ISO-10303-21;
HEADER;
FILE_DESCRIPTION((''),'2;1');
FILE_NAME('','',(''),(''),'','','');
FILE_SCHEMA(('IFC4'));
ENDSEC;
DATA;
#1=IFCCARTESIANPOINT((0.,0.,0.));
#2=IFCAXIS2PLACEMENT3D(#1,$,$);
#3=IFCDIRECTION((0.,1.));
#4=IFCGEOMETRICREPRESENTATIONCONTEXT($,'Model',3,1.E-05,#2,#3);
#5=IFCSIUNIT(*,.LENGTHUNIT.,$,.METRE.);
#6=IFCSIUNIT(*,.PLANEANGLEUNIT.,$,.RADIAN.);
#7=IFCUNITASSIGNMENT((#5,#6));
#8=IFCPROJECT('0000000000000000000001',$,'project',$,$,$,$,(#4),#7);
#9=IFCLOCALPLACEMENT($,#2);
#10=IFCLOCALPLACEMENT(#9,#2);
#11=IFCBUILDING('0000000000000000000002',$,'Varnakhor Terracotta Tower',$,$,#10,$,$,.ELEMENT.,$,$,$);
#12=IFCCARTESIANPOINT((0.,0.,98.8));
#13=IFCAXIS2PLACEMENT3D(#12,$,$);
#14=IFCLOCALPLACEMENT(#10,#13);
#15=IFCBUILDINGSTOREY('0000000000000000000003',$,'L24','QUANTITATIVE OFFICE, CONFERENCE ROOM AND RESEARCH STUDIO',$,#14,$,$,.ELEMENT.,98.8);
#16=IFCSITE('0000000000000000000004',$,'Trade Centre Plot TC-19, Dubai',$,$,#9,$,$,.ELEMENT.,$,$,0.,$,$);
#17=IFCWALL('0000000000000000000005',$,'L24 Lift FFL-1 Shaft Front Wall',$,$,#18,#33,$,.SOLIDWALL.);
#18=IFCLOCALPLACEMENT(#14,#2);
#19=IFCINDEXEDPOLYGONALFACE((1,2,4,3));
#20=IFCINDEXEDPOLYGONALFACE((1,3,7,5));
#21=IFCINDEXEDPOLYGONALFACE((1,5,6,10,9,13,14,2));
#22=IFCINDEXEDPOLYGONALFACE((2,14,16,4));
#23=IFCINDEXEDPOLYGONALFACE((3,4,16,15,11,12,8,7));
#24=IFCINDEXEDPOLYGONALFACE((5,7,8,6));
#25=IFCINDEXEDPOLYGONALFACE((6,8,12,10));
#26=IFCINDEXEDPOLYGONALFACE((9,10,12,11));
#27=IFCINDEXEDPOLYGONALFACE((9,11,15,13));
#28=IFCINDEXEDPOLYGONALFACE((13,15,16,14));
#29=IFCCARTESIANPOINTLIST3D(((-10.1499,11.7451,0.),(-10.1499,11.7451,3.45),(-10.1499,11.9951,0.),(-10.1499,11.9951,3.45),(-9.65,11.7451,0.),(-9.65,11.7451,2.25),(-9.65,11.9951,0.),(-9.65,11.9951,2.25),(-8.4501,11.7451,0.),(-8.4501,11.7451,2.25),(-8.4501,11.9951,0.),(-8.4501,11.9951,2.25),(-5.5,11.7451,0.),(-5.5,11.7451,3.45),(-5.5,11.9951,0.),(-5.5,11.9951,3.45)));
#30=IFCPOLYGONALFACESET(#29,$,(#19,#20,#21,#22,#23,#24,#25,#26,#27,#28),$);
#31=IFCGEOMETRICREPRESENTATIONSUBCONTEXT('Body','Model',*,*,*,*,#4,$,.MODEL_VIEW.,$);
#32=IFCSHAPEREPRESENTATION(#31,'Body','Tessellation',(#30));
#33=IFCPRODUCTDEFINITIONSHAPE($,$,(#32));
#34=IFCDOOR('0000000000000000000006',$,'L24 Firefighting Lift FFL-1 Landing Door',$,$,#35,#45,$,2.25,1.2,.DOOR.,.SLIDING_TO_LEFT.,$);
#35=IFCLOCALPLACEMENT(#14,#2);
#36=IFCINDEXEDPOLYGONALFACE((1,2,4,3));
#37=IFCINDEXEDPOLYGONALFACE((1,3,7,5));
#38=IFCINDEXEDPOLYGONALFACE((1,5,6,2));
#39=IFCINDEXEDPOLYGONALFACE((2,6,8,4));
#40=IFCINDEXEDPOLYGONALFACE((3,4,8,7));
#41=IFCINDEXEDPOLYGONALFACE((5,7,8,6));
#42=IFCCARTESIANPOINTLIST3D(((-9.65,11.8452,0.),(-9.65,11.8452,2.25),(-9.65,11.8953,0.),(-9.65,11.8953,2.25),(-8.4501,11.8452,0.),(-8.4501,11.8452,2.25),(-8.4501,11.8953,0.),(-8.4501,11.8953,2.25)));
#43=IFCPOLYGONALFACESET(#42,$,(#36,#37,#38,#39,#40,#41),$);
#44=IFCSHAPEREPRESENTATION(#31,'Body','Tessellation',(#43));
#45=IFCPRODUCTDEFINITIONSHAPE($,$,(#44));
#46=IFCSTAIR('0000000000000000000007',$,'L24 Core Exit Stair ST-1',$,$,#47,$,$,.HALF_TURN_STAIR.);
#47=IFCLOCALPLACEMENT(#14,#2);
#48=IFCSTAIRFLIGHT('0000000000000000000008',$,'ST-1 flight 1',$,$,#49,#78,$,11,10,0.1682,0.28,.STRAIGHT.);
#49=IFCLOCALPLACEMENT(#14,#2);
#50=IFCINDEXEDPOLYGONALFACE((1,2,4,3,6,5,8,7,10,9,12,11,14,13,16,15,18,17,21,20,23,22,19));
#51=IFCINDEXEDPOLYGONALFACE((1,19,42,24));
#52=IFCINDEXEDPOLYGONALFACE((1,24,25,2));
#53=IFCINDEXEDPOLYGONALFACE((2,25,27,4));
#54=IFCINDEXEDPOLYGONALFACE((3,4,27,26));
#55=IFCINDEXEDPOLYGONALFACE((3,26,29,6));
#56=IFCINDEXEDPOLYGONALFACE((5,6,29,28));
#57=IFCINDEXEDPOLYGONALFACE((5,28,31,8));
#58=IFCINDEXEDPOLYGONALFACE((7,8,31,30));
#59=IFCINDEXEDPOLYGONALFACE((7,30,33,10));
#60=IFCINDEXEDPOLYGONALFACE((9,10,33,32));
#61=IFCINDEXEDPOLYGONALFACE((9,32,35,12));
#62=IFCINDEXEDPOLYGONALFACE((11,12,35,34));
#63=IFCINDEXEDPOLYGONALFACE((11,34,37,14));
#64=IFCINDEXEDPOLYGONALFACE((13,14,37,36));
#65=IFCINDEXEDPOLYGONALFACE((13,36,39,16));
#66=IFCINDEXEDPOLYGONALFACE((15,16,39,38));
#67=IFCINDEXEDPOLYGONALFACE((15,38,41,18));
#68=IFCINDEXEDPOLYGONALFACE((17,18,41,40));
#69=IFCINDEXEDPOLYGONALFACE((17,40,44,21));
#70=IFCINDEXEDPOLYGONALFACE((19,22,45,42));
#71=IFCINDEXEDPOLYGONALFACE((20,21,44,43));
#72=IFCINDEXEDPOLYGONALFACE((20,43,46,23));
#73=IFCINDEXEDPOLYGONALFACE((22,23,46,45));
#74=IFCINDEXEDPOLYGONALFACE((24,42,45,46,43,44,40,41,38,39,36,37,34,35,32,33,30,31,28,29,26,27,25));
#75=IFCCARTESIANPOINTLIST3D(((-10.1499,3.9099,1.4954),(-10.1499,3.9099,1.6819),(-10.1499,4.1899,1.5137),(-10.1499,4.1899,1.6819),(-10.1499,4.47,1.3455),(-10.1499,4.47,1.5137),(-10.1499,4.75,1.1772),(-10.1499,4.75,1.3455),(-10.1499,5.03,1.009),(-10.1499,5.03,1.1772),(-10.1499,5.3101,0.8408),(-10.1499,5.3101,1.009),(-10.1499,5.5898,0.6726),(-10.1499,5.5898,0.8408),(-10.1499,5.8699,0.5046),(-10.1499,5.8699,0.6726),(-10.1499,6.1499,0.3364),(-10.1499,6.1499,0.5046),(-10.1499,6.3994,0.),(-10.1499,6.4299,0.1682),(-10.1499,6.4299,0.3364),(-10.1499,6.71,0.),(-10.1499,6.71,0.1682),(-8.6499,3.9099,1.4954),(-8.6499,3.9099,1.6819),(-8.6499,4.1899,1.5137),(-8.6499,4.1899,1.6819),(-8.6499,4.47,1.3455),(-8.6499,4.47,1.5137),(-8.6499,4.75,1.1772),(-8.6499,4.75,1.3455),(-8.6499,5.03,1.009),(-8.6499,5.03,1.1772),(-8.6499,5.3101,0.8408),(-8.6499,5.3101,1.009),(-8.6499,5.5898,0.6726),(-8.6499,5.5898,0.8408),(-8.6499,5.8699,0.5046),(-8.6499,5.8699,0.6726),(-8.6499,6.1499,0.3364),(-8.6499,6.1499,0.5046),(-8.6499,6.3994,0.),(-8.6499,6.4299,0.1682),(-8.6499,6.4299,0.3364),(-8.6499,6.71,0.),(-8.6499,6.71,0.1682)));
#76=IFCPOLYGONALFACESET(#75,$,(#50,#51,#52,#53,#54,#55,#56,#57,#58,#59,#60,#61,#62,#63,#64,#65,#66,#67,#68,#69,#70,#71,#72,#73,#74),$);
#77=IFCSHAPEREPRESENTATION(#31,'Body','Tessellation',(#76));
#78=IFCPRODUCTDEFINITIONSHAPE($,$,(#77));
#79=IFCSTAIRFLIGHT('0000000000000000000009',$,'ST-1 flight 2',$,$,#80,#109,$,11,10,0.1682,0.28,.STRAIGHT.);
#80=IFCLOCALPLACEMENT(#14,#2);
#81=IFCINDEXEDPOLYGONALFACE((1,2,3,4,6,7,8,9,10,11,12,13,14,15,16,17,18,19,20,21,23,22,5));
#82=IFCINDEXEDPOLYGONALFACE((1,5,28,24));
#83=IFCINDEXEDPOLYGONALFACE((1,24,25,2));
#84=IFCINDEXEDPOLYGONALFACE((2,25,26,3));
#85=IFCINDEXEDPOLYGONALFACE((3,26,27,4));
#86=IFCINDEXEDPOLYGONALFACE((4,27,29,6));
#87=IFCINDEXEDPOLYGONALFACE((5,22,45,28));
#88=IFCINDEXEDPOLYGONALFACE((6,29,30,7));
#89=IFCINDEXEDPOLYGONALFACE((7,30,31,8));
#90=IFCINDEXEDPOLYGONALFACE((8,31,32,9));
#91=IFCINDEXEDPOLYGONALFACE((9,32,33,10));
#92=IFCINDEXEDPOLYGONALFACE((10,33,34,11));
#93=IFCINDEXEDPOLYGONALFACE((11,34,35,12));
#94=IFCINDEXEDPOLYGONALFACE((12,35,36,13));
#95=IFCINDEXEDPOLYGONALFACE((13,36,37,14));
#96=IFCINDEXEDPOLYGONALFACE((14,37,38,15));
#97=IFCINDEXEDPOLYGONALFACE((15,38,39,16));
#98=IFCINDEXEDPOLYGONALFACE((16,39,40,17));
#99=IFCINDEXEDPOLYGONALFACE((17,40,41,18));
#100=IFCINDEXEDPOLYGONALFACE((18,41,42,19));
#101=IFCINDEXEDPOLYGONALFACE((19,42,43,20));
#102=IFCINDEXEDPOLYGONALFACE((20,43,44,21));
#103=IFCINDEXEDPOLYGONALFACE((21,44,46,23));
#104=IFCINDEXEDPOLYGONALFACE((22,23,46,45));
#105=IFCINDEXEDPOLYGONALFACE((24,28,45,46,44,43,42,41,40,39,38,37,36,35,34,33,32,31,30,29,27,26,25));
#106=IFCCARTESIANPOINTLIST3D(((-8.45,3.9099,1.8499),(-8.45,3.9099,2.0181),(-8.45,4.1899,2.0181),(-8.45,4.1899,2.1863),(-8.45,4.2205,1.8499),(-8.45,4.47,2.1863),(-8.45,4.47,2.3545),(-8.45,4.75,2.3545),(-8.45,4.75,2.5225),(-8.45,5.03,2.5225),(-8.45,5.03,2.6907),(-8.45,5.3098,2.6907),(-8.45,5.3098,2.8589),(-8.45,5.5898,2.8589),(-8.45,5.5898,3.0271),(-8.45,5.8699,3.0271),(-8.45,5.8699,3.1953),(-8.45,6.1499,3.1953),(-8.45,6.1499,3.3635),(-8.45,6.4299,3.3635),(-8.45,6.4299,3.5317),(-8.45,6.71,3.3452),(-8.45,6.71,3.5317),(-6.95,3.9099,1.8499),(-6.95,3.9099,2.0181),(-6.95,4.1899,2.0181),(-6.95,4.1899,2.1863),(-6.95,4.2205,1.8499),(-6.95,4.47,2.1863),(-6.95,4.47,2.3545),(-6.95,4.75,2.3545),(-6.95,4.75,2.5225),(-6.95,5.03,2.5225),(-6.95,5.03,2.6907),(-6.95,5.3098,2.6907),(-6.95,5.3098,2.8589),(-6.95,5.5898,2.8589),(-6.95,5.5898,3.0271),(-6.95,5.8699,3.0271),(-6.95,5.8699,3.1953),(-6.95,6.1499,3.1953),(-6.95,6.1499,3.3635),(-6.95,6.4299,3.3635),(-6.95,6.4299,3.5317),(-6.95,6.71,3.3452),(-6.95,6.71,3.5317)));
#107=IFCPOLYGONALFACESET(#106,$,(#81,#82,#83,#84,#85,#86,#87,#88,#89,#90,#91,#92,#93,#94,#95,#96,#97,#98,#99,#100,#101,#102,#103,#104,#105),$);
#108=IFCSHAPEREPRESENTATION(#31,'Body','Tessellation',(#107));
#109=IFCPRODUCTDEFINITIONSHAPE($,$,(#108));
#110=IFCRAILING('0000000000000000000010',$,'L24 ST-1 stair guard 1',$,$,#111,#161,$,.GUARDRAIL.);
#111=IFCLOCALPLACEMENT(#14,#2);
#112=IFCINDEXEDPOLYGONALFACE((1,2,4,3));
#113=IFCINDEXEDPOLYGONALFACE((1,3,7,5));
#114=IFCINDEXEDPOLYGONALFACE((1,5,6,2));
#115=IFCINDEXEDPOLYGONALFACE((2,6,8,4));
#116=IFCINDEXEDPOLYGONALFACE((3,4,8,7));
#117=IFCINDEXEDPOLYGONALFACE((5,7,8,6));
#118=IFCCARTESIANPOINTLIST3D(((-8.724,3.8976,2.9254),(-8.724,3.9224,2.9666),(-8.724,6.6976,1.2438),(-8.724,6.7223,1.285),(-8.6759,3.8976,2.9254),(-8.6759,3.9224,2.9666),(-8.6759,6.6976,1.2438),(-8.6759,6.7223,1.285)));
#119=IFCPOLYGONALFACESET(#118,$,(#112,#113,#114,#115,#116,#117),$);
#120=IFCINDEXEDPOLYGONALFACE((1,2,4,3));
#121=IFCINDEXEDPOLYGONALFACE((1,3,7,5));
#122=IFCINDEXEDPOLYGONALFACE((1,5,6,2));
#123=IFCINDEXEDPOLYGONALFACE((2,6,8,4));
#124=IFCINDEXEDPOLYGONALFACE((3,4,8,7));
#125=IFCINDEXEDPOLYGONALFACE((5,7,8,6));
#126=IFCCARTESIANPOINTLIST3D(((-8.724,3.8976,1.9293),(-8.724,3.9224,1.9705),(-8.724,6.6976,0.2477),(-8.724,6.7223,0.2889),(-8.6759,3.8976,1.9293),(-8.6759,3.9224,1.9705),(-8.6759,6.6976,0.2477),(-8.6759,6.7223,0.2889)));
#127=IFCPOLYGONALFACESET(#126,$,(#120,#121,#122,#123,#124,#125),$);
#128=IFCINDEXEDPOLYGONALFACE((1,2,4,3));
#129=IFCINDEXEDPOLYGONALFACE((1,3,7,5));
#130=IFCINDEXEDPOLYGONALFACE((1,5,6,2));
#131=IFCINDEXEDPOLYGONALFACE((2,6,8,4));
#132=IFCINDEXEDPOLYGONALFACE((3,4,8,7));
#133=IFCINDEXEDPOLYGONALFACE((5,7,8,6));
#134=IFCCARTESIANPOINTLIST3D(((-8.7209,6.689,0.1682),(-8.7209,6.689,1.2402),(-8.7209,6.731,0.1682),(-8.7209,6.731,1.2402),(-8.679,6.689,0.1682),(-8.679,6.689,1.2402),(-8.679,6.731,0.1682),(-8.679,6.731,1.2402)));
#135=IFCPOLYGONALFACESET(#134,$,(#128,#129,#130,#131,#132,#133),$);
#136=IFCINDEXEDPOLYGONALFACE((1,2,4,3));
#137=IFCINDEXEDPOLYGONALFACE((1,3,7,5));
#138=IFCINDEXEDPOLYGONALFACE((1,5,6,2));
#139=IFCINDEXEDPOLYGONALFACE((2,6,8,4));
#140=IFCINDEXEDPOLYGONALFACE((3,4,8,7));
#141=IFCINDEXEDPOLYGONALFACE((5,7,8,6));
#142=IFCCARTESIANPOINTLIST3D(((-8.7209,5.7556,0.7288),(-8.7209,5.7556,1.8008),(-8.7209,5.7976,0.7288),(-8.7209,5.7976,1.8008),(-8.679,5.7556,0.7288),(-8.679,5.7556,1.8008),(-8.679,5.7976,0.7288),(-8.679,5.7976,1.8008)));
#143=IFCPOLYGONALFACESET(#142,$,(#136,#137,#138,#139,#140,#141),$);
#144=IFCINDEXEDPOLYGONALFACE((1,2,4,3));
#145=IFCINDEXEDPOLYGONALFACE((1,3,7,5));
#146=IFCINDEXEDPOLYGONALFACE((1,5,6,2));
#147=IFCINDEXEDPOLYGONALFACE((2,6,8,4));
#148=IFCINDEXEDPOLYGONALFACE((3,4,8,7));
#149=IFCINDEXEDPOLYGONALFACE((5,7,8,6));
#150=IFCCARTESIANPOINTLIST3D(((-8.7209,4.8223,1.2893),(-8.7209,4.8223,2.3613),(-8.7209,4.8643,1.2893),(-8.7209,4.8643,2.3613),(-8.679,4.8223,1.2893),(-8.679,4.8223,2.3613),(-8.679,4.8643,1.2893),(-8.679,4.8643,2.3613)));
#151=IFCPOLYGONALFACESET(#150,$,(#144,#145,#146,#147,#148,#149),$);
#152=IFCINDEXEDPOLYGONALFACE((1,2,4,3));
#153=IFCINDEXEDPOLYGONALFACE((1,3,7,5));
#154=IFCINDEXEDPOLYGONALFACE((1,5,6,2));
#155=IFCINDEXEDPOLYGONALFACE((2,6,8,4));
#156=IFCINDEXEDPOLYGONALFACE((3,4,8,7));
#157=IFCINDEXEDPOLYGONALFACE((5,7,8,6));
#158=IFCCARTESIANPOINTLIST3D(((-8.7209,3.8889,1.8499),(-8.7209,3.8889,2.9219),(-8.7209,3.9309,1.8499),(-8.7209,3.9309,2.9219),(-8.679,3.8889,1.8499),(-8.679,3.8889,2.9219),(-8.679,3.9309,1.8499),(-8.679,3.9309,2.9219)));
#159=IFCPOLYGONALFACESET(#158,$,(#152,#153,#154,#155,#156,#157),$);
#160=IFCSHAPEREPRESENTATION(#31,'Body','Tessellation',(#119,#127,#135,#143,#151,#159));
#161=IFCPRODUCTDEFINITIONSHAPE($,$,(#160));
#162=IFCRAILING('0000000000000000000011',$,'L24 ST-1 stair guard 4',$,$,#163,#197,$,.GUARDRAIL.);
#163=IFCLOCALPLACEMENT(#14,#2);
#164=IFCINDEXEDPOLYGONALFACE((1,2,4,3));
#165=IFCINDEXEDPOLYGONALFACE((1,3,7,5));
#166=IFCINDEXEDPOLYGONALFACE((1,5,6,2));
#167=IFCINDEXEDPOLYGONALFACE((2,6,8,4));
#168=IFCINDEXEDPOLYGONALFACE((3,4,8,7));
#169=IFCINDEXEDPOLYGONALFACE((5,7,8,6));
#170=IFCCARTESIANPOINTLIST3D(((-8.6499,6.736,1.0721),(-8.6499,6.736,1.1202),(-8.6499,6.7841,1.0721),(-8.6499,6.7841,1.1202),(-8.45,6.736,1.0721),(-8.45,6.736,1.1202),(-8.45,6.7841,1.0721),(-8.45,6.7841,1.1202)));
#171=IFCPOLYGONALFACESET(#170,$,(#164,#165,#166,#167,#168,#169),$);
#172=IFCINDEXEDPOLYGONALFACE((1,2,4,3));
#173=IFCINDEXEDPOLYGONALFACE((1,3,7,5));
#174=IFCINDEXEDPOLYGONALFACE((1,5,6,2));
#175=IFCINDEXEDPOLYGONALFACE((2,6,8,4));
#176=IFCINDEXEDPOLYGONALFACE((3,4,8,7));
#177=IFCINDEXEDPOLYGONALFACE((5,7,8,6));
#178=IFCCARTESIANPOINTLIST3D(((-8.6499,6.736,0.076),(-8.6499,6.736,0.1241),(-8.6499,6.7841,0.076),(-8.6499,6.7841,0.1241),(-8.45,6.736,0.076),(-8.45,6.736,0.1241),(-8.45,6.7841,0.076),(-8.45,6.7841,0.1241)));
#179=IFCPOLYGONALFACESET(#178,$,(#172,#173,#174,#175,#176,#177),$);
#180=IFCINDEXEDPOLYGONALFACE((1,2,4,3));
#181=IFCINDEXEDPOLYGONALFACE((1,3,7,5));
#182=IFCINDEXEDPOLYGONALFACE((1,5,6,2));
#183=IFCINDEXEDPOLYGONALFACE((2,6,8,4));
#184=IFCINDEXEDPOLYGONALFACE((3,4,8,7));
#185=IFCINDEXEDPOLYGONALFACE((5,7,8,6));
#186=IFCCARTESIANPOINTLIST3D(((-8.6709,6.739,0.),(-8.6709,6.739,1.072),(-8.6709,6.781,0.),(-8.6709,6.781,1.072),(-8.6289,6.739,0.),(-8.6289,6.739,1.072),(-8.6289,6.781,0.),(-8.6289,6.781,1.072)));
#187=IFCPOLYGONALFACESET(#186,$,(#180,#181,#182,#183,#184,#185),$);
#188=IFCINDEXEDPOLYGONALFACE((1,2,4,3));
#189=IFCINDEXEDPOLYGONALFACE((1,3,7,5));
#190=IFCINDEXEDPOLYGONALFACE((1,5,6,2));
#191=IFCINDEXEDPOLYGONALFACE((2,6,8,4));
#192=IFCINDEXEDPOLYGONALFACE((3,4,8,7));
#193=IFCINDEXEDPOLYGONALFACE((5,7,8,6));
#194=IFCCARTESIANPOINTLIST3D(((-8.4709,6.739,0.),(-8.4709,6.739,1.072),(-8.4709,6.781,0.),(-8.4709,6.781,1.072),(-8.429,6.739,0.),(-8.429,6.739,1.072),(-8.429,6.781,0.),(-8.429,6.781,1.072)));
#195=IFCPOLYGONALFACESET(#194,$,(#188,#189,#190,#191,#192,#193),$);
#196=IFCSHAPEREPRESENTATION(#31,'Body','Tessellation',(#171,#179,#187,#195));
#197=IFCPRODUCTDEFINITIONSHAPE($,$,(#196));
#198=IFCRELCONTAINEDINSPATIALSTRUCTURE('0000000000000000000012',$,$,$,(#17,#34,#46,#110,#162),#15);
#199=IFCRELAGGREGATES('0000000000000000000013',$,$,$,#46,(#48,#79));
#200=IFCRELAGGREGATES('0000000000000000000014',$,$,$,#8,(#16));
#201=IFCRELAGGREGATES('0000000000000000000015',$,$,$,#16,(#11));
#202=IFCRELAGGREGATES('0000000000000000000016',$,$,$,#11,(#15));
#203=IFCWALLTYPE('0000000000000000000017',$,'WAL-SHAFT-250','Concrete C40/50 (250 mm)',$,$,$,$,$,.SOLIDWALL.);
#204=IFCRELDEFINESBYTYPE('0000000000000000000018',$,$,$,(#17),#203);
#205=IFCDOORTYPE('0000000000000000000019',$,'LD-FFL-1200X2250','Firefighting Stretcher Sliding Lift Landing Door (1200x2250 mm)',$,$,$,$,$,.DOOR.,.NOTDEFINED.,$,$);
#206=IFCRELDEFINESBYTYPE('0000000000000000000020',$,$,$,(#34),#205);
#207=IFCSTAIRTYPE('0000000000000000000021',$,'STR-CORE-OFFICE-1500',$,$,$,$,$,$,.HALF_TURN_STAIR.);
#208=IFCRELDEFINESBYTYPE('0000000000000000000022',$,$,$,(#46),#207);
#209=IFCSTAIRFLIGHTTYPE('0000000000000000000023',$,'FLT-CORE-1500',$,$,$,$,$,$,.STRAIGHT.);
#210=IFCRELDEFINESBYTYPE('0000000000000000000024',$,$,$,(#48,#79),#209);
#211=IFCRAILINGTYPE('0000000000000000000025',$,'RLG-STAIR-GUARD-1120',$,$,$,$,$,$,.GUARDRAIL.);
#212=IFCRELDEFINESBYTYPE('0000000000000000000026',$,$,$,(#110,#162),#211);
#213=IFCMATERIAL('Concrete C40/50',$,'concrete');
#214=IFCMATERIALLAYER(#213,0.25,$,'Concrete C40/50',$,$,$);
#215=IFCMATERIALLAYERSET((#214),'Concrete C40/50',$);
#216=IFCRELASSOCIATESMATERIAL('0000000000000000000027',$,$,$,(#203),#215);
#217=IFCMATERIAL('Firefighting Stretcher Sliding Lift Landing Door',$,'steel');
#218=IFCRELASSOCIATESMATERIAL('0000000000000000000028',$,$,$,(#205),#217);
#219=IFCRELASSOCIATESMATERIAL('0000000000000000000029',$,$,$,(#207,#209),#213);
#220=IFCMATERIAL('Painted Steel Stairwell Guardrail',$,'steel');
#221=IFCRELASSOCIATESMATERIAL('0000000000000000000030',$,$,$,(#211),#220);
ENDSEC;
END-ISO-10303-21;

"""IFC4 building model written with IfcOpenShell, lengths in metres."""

from ifc_helpers import new_model, si_unit, direction, frame, frame_2d, origin, origin_2d, place, context, subcontext, project, spatial, polyline, rectangle, outline, extrude, source, transform, mapped, material, layer, layer_set, type_object, type_shapes, element, fill, aggregate, save


model = new_model("IFC4")

# Units and contexts
model_context = context("Model", 3, precision=1e-05, world=origin(), true_north=direction((0.0, 1.0)))
body_context = subcontext(model_context, "Body", "Model", "MODEL_VIEW")
ifc_project = project(units=[si_unit("LENGTHUNIT", "METRE"), si_unit("PLANEANGLEUNIT", "RADIAN")], contexts=[model_context])

# Site, building, storey
site_placement = place(None, origin())
site = spatial("IfcSite", under=ifc_project, at=site_placement, Name="Trade Centre Plot TC-19, Dubai", CompositionType="ELEMENT", RefElevation=0.0)
building_placement = place(site_placement, origin())
building = spatial("IfcBuilding", under=site, at=building_placement, Name="Varnakhor Terracotta Tower", CompositionType="ELEMENT")
storey_placement = place(building_placement, frame((0.0, 0.0, 98.8)))
storey = spatial("IfcBuildingStorey", under=building, at=storey_placement, Name="L24", Description="QUANTITATIVE OFFICE, CONFERENCE ROOM AND RESEARCH STUDIO", CompositionType="ELEMENT", Elevation=98.8)

# Shared definitions
ifc_material_1 = material(Name="Concrete C40/50", Category="concrete")

# Wall, opening, door
ifc_layer_1 = layer(ifc_material_1, 0.25, Name="Concrete C40/50")
ifc_layer_set_1 = layer_set([ifc_layer_1], Name="Concrete C40/50")
wall_type_1 = type_object("IfcWallType", Name="WAL-SHAFT-250", Description="Concrete C40/50 (250 mm)", PredefinedType="SOLIDWALL", material=ifc_layer_set_1)
wall_1_placement = place(storey_placement, frame((-5.5, 11.8701, 0.0), z_axis=(0.0, 0.0, 1.0), x_axis=(-1.0, 0.0, 0.0)))
wall_1 = element("IfcWall", 1, at=wall_1_placement, inside=storey, type_object=wall_type_1, Name="L24 Lift FFL-1 Shaft Front Wall", PredefinedType="SOLIDWALL", context=body_context, shape_type="SweptSolid", body=[
    extrude(rectangle(XDim=4.6499, YDim=0.25, at=frame_2d((2.325, 0.0))), origin(), (0.0, 0.0, 1.0), 3.45),
])
opening_1_placement = place(wall_1_placement, frame((2.95, 0.0, 0.0)))
opening_1 = element("IfcOpeningElement", 2, at=opening_1_placement, cuts=wall_1, PredefinedType="OPENING", context=body_context, shape_type="SweptSolid", body=[
    extrude(rectangle(XDim=1.2, YDim=2.25, at=frame_2d((0.6001, 1.125))), frame((0.0, 0.135, 0.0), z_axis=(0.0, -1.0, 0.0), x_axis=(1.0, 0.0, 0.0)), (0.0, 0.0, 1.0), 0.27),
])
ifc_material_2 = material(Name="Firefighting Stretcher Sliding Lift Landing Door", Category="steel")
door_type_1 = type_object("IfcDoorType", Name="LD-FFL-1200X2250", Description="Firefighting Stretcher Sliding Lift Landing Door (1200x2250 mm)", OperationType="NOTDEFINED", PredefinedType="DOOR", material=ifc_material_2)
shared_shape_1 = source(origin(), body_context, "Body", "SweptSolid", [
    extrude(rectangle(XDim=1.2, YDim=2.25, at=frame_2d((0.6001, 1.125))), frame((0.0, 0.0249, 0.0), z_axis=(0.0, -1.0, 0.0), x_axis=(1.0, 0.0, 0.0)), (0.0, 0.0, 1.0), 0.05),
])
type_shapes(door_type_1, [shared_shape_1])
door_1_placement = place(opening_1_placement, origin())
door_1 = element("IfcDoor", 3, at=door_1_placement, inside=storey, type_object=door_type_1, Name="L24 Firefighting Lift FFL-1 Landing Door", OperationType="SLIDING_TO_LEFT", OverallHeight=2.25, OverallWidth=1.2, PredefinedType="DOOR", context=body_context, shape_type="MappedRepresentation", body=[
    mapped(shared_shape_1, transform((0.0, 0.0, 0.0), scale=1.0)),
])
fill(opening_1, door_1)

# Stair, stair flights
stair_type = type_object("IfcStairType", Name="STR-CORE-OFFICE-1500", PredefinedType="HALF_TURN_STAIR", material=ifc_material_1)
stair_placement = place(storey_placement, origin())
stair = element("IfcStair", 4, at=stair_placement, inside=storey, type_object=stair_type, Name="L24 Core Exit Stair ST-1", PredefinedType="HALF_TURN_STAIR")
stair_flight_type = type_object("IfcStairFlightType", Name="FLT-CORE-1500", PredefinedType="STRAIGHT", material=ifc_material_1)
stair_flight_1_placement = place(storey_placement, frame((-9.3999, 6.71, 0.0), z_axis=(0.0, 0.0, 1.0), x_axis=(0.0, -1.0, 0.0)))
stair_flight_1 = element("IfcStairFlight", 5, at=stair_flight_1_placement, type_object=stair_flight_type, Name="ST-1 flight 1", NumberOfRisers=11, NumberOfTreads=10, PredefinedType="STRAIGHT", RiserHeight=0.1682, TreadLength=0.28, context=body_context, shape_type="SweptSolid", body=[
    extrude(outline(polyline([(0.0, 0.0), (0.0, 0.1682), (0.28, 0.1682), (0.28, 0.3364), (0.5601, 0.3364), (0.5601, 0.5046), (0.8401, 0.5046), (0.8401, 0.6726), (1.1201, 0.6726), (1.1201, 0.8408), (1.3999, 0.8408), (1.3999, 1.009), (1.6799, 1.009), (1.6799, 1.1772), (1.96, 1.1772), (1.96, 1.3455), (2.24, 1.3455), (2.24, 1.5137), (2.52, 1.5137), (2.52, 1.6819), (2.8, 1.6819), (2.8, 1.8501), (2.8, 1.4954), (0.3105, 0.0), (0.0, 0.0)])), frame((0.0, 0.75, 0.0), z_axis=(0.0, -1.0, 0.0), x_axis=(1.0, 0.0, 0.0)), (0.0, 0.0, 1.0), 1.5),
])
stair_flight_2_placement = place(storey_placement, frame((-7.7, 3.9099, 1.8499), z_axis=(0.0, 0.0, 1.0), x_axis=(0.0, 1.0, 0.0)))
stair_flight_2 = element("IfcStairFlight", 6, at=stair_flight_2_placement, type_object=stair_flight_type, Name="ST-1 flight 2", NumberOfRisers=11, NumberOfTreads=10, PredefinedType="STRAIGHT", RiserHeight=0.1682, TreadLength=0.28, context=body_context, shape_type="SweptSolid", body=[
    extrude(outline(polyline([(0.0, 0.0), (0.0, 0.1682), (0.28, 0.1682), (0.28, 0.3364), (0.5601, 0.3364), (0.5601, 0.5046), (0.8401, 0.5046), (0.8401, 0.6726), (1.1201, 0.6726), (1.1201, 0.8408), (1.3999, 0.8408), (1.3999, 1.009), (1.6799, 1.009), (1.6799, 1.1772), (1.96, 1.1772), (1.96, 1.3455), (2.24, 1.3455), (2.24, 1.5137), (2.52, 1.5137), (2.52, 1.6819), (2.8, 1.6819), (2.8, 1.8501), (2.8, 1.4954), (0.3105, 0.0), (0.0, 0.0)])), frame((0.0, 0.75, 0.0), z_axis=(0.0, -1.0, 0.0), x_axis=(1.0, 0.0, 0.0)), (0.0, 0.0, 1.0), 1.5),
])
aggregate(stair, [stair_flight_1, stair_flight_2])

# Railings
ifc_material_3 = material(Name="Painted Steel Stairwell Guardrail", Category="steel")
railing_type_1 = type_object("IfcRailingType", Name="RLG-STAIR-GUARD-1120", PredefinedType="GUARDRAIL", material=ifc_material_3)
railing_1_placement = place(storey_placement, frame((-8.7, 6.71, 0.1682)))
element("IfcRailing", 7, at=railing_1_placement, inside=storey, type_object=railing_type_1, Name="L24 ST-1 stair guard 1", PredefinedType="GUARDRAIL", context=body_context, shape_type="SweptSolid", body=[
    extrude(rectangle(XDim=0.0481, YDim=0.0481, at=origin_2d()), frame((0.0, 0.0, 1.0962), z_axis=(0.0, -0.857275, 0.514858), x_axis=(1.0, 0.0, 0.0)), (0.0, 0.0, 1.0), 3.2661),
    extrude(rectangle(XDim=0.0481, YDim=0.0481, at=origin_2d()), frame((0.0, 0.0, 0.1001), z_axis=(0.0, -0.857275, 0.514858), x_axis=(1.0, 0.0, 0.0)), (0.0, 0.0, 1.0), 3.2661),
    extrude(rectangle(XDim=0.042, YDim=0.042, at=origin_2d()), origin(), (0.0, 0.0, 1.0), 1.072),
    extrude(rectangle(XDim=0.042, YDim=0.042, at=origin_2d()), frame((0.0, -0.9333, 0.5605)), (0.0, 0.0, 1.0), 1.072),
    extrude(rectangle(XDim=0.042, YDim=0.042, at=origin_2d()), frame((0.0, -1.8667, 1.1211)), (0.0, 0.0, 1.0), 1.072),
    extrude(rectangle(XDim=0.042, YDim=0.042, at=origin_2d()), frame((0.0, -2.8, 1.6816)), (0.0, 0.0, 1.0), 1.072),
])
railing_2_placement = place(storey_placement, frame((-8.6499, 6.76, 0.0)))
element("IfcRailing", 8, at=railing_2_placement, inside=storey, type_object=railing_type_1, Name="L24 ST-1 stair guard 4", PredefinedType="GUARDRAIL", context=body_context, shape_type="SweptSolid", body=[
    extrude(rectangle(XDim=0.0481, YDim=0.0481, at=origin_2d()), frame((0.0, 0.0, 1.0962), z_axis=(1.0, 0.0, 0.0), x_axis=(0.0, 1.0, 0.0)), (0.0, 0.0, 1.0), 0.2),
    extrude(rectangle(XDim=0.0481, YDim=0.0481, at=origin_2d()), frame((0.0, 0.0, 0.1001), z_axis=(1.0, 0.0, 0.0), x_axis=(0.0, 1.0, 0.0)), (0.0, 0.0, 1.0), 0.2),
    extrude(rectangle(XDim=0.042, YDim=0.042, at=origin_2d()), origin(), (0.0, 0.0, 1.0), 1.072),
    extrude(rectangle(XDim=0.042, YDim=0.042, at=origin_2d()), frame((0.2, 0.0, 0.0)), (0.0, 0.0, 1.0), 1.072),
])

save(model, "model.ifc")
